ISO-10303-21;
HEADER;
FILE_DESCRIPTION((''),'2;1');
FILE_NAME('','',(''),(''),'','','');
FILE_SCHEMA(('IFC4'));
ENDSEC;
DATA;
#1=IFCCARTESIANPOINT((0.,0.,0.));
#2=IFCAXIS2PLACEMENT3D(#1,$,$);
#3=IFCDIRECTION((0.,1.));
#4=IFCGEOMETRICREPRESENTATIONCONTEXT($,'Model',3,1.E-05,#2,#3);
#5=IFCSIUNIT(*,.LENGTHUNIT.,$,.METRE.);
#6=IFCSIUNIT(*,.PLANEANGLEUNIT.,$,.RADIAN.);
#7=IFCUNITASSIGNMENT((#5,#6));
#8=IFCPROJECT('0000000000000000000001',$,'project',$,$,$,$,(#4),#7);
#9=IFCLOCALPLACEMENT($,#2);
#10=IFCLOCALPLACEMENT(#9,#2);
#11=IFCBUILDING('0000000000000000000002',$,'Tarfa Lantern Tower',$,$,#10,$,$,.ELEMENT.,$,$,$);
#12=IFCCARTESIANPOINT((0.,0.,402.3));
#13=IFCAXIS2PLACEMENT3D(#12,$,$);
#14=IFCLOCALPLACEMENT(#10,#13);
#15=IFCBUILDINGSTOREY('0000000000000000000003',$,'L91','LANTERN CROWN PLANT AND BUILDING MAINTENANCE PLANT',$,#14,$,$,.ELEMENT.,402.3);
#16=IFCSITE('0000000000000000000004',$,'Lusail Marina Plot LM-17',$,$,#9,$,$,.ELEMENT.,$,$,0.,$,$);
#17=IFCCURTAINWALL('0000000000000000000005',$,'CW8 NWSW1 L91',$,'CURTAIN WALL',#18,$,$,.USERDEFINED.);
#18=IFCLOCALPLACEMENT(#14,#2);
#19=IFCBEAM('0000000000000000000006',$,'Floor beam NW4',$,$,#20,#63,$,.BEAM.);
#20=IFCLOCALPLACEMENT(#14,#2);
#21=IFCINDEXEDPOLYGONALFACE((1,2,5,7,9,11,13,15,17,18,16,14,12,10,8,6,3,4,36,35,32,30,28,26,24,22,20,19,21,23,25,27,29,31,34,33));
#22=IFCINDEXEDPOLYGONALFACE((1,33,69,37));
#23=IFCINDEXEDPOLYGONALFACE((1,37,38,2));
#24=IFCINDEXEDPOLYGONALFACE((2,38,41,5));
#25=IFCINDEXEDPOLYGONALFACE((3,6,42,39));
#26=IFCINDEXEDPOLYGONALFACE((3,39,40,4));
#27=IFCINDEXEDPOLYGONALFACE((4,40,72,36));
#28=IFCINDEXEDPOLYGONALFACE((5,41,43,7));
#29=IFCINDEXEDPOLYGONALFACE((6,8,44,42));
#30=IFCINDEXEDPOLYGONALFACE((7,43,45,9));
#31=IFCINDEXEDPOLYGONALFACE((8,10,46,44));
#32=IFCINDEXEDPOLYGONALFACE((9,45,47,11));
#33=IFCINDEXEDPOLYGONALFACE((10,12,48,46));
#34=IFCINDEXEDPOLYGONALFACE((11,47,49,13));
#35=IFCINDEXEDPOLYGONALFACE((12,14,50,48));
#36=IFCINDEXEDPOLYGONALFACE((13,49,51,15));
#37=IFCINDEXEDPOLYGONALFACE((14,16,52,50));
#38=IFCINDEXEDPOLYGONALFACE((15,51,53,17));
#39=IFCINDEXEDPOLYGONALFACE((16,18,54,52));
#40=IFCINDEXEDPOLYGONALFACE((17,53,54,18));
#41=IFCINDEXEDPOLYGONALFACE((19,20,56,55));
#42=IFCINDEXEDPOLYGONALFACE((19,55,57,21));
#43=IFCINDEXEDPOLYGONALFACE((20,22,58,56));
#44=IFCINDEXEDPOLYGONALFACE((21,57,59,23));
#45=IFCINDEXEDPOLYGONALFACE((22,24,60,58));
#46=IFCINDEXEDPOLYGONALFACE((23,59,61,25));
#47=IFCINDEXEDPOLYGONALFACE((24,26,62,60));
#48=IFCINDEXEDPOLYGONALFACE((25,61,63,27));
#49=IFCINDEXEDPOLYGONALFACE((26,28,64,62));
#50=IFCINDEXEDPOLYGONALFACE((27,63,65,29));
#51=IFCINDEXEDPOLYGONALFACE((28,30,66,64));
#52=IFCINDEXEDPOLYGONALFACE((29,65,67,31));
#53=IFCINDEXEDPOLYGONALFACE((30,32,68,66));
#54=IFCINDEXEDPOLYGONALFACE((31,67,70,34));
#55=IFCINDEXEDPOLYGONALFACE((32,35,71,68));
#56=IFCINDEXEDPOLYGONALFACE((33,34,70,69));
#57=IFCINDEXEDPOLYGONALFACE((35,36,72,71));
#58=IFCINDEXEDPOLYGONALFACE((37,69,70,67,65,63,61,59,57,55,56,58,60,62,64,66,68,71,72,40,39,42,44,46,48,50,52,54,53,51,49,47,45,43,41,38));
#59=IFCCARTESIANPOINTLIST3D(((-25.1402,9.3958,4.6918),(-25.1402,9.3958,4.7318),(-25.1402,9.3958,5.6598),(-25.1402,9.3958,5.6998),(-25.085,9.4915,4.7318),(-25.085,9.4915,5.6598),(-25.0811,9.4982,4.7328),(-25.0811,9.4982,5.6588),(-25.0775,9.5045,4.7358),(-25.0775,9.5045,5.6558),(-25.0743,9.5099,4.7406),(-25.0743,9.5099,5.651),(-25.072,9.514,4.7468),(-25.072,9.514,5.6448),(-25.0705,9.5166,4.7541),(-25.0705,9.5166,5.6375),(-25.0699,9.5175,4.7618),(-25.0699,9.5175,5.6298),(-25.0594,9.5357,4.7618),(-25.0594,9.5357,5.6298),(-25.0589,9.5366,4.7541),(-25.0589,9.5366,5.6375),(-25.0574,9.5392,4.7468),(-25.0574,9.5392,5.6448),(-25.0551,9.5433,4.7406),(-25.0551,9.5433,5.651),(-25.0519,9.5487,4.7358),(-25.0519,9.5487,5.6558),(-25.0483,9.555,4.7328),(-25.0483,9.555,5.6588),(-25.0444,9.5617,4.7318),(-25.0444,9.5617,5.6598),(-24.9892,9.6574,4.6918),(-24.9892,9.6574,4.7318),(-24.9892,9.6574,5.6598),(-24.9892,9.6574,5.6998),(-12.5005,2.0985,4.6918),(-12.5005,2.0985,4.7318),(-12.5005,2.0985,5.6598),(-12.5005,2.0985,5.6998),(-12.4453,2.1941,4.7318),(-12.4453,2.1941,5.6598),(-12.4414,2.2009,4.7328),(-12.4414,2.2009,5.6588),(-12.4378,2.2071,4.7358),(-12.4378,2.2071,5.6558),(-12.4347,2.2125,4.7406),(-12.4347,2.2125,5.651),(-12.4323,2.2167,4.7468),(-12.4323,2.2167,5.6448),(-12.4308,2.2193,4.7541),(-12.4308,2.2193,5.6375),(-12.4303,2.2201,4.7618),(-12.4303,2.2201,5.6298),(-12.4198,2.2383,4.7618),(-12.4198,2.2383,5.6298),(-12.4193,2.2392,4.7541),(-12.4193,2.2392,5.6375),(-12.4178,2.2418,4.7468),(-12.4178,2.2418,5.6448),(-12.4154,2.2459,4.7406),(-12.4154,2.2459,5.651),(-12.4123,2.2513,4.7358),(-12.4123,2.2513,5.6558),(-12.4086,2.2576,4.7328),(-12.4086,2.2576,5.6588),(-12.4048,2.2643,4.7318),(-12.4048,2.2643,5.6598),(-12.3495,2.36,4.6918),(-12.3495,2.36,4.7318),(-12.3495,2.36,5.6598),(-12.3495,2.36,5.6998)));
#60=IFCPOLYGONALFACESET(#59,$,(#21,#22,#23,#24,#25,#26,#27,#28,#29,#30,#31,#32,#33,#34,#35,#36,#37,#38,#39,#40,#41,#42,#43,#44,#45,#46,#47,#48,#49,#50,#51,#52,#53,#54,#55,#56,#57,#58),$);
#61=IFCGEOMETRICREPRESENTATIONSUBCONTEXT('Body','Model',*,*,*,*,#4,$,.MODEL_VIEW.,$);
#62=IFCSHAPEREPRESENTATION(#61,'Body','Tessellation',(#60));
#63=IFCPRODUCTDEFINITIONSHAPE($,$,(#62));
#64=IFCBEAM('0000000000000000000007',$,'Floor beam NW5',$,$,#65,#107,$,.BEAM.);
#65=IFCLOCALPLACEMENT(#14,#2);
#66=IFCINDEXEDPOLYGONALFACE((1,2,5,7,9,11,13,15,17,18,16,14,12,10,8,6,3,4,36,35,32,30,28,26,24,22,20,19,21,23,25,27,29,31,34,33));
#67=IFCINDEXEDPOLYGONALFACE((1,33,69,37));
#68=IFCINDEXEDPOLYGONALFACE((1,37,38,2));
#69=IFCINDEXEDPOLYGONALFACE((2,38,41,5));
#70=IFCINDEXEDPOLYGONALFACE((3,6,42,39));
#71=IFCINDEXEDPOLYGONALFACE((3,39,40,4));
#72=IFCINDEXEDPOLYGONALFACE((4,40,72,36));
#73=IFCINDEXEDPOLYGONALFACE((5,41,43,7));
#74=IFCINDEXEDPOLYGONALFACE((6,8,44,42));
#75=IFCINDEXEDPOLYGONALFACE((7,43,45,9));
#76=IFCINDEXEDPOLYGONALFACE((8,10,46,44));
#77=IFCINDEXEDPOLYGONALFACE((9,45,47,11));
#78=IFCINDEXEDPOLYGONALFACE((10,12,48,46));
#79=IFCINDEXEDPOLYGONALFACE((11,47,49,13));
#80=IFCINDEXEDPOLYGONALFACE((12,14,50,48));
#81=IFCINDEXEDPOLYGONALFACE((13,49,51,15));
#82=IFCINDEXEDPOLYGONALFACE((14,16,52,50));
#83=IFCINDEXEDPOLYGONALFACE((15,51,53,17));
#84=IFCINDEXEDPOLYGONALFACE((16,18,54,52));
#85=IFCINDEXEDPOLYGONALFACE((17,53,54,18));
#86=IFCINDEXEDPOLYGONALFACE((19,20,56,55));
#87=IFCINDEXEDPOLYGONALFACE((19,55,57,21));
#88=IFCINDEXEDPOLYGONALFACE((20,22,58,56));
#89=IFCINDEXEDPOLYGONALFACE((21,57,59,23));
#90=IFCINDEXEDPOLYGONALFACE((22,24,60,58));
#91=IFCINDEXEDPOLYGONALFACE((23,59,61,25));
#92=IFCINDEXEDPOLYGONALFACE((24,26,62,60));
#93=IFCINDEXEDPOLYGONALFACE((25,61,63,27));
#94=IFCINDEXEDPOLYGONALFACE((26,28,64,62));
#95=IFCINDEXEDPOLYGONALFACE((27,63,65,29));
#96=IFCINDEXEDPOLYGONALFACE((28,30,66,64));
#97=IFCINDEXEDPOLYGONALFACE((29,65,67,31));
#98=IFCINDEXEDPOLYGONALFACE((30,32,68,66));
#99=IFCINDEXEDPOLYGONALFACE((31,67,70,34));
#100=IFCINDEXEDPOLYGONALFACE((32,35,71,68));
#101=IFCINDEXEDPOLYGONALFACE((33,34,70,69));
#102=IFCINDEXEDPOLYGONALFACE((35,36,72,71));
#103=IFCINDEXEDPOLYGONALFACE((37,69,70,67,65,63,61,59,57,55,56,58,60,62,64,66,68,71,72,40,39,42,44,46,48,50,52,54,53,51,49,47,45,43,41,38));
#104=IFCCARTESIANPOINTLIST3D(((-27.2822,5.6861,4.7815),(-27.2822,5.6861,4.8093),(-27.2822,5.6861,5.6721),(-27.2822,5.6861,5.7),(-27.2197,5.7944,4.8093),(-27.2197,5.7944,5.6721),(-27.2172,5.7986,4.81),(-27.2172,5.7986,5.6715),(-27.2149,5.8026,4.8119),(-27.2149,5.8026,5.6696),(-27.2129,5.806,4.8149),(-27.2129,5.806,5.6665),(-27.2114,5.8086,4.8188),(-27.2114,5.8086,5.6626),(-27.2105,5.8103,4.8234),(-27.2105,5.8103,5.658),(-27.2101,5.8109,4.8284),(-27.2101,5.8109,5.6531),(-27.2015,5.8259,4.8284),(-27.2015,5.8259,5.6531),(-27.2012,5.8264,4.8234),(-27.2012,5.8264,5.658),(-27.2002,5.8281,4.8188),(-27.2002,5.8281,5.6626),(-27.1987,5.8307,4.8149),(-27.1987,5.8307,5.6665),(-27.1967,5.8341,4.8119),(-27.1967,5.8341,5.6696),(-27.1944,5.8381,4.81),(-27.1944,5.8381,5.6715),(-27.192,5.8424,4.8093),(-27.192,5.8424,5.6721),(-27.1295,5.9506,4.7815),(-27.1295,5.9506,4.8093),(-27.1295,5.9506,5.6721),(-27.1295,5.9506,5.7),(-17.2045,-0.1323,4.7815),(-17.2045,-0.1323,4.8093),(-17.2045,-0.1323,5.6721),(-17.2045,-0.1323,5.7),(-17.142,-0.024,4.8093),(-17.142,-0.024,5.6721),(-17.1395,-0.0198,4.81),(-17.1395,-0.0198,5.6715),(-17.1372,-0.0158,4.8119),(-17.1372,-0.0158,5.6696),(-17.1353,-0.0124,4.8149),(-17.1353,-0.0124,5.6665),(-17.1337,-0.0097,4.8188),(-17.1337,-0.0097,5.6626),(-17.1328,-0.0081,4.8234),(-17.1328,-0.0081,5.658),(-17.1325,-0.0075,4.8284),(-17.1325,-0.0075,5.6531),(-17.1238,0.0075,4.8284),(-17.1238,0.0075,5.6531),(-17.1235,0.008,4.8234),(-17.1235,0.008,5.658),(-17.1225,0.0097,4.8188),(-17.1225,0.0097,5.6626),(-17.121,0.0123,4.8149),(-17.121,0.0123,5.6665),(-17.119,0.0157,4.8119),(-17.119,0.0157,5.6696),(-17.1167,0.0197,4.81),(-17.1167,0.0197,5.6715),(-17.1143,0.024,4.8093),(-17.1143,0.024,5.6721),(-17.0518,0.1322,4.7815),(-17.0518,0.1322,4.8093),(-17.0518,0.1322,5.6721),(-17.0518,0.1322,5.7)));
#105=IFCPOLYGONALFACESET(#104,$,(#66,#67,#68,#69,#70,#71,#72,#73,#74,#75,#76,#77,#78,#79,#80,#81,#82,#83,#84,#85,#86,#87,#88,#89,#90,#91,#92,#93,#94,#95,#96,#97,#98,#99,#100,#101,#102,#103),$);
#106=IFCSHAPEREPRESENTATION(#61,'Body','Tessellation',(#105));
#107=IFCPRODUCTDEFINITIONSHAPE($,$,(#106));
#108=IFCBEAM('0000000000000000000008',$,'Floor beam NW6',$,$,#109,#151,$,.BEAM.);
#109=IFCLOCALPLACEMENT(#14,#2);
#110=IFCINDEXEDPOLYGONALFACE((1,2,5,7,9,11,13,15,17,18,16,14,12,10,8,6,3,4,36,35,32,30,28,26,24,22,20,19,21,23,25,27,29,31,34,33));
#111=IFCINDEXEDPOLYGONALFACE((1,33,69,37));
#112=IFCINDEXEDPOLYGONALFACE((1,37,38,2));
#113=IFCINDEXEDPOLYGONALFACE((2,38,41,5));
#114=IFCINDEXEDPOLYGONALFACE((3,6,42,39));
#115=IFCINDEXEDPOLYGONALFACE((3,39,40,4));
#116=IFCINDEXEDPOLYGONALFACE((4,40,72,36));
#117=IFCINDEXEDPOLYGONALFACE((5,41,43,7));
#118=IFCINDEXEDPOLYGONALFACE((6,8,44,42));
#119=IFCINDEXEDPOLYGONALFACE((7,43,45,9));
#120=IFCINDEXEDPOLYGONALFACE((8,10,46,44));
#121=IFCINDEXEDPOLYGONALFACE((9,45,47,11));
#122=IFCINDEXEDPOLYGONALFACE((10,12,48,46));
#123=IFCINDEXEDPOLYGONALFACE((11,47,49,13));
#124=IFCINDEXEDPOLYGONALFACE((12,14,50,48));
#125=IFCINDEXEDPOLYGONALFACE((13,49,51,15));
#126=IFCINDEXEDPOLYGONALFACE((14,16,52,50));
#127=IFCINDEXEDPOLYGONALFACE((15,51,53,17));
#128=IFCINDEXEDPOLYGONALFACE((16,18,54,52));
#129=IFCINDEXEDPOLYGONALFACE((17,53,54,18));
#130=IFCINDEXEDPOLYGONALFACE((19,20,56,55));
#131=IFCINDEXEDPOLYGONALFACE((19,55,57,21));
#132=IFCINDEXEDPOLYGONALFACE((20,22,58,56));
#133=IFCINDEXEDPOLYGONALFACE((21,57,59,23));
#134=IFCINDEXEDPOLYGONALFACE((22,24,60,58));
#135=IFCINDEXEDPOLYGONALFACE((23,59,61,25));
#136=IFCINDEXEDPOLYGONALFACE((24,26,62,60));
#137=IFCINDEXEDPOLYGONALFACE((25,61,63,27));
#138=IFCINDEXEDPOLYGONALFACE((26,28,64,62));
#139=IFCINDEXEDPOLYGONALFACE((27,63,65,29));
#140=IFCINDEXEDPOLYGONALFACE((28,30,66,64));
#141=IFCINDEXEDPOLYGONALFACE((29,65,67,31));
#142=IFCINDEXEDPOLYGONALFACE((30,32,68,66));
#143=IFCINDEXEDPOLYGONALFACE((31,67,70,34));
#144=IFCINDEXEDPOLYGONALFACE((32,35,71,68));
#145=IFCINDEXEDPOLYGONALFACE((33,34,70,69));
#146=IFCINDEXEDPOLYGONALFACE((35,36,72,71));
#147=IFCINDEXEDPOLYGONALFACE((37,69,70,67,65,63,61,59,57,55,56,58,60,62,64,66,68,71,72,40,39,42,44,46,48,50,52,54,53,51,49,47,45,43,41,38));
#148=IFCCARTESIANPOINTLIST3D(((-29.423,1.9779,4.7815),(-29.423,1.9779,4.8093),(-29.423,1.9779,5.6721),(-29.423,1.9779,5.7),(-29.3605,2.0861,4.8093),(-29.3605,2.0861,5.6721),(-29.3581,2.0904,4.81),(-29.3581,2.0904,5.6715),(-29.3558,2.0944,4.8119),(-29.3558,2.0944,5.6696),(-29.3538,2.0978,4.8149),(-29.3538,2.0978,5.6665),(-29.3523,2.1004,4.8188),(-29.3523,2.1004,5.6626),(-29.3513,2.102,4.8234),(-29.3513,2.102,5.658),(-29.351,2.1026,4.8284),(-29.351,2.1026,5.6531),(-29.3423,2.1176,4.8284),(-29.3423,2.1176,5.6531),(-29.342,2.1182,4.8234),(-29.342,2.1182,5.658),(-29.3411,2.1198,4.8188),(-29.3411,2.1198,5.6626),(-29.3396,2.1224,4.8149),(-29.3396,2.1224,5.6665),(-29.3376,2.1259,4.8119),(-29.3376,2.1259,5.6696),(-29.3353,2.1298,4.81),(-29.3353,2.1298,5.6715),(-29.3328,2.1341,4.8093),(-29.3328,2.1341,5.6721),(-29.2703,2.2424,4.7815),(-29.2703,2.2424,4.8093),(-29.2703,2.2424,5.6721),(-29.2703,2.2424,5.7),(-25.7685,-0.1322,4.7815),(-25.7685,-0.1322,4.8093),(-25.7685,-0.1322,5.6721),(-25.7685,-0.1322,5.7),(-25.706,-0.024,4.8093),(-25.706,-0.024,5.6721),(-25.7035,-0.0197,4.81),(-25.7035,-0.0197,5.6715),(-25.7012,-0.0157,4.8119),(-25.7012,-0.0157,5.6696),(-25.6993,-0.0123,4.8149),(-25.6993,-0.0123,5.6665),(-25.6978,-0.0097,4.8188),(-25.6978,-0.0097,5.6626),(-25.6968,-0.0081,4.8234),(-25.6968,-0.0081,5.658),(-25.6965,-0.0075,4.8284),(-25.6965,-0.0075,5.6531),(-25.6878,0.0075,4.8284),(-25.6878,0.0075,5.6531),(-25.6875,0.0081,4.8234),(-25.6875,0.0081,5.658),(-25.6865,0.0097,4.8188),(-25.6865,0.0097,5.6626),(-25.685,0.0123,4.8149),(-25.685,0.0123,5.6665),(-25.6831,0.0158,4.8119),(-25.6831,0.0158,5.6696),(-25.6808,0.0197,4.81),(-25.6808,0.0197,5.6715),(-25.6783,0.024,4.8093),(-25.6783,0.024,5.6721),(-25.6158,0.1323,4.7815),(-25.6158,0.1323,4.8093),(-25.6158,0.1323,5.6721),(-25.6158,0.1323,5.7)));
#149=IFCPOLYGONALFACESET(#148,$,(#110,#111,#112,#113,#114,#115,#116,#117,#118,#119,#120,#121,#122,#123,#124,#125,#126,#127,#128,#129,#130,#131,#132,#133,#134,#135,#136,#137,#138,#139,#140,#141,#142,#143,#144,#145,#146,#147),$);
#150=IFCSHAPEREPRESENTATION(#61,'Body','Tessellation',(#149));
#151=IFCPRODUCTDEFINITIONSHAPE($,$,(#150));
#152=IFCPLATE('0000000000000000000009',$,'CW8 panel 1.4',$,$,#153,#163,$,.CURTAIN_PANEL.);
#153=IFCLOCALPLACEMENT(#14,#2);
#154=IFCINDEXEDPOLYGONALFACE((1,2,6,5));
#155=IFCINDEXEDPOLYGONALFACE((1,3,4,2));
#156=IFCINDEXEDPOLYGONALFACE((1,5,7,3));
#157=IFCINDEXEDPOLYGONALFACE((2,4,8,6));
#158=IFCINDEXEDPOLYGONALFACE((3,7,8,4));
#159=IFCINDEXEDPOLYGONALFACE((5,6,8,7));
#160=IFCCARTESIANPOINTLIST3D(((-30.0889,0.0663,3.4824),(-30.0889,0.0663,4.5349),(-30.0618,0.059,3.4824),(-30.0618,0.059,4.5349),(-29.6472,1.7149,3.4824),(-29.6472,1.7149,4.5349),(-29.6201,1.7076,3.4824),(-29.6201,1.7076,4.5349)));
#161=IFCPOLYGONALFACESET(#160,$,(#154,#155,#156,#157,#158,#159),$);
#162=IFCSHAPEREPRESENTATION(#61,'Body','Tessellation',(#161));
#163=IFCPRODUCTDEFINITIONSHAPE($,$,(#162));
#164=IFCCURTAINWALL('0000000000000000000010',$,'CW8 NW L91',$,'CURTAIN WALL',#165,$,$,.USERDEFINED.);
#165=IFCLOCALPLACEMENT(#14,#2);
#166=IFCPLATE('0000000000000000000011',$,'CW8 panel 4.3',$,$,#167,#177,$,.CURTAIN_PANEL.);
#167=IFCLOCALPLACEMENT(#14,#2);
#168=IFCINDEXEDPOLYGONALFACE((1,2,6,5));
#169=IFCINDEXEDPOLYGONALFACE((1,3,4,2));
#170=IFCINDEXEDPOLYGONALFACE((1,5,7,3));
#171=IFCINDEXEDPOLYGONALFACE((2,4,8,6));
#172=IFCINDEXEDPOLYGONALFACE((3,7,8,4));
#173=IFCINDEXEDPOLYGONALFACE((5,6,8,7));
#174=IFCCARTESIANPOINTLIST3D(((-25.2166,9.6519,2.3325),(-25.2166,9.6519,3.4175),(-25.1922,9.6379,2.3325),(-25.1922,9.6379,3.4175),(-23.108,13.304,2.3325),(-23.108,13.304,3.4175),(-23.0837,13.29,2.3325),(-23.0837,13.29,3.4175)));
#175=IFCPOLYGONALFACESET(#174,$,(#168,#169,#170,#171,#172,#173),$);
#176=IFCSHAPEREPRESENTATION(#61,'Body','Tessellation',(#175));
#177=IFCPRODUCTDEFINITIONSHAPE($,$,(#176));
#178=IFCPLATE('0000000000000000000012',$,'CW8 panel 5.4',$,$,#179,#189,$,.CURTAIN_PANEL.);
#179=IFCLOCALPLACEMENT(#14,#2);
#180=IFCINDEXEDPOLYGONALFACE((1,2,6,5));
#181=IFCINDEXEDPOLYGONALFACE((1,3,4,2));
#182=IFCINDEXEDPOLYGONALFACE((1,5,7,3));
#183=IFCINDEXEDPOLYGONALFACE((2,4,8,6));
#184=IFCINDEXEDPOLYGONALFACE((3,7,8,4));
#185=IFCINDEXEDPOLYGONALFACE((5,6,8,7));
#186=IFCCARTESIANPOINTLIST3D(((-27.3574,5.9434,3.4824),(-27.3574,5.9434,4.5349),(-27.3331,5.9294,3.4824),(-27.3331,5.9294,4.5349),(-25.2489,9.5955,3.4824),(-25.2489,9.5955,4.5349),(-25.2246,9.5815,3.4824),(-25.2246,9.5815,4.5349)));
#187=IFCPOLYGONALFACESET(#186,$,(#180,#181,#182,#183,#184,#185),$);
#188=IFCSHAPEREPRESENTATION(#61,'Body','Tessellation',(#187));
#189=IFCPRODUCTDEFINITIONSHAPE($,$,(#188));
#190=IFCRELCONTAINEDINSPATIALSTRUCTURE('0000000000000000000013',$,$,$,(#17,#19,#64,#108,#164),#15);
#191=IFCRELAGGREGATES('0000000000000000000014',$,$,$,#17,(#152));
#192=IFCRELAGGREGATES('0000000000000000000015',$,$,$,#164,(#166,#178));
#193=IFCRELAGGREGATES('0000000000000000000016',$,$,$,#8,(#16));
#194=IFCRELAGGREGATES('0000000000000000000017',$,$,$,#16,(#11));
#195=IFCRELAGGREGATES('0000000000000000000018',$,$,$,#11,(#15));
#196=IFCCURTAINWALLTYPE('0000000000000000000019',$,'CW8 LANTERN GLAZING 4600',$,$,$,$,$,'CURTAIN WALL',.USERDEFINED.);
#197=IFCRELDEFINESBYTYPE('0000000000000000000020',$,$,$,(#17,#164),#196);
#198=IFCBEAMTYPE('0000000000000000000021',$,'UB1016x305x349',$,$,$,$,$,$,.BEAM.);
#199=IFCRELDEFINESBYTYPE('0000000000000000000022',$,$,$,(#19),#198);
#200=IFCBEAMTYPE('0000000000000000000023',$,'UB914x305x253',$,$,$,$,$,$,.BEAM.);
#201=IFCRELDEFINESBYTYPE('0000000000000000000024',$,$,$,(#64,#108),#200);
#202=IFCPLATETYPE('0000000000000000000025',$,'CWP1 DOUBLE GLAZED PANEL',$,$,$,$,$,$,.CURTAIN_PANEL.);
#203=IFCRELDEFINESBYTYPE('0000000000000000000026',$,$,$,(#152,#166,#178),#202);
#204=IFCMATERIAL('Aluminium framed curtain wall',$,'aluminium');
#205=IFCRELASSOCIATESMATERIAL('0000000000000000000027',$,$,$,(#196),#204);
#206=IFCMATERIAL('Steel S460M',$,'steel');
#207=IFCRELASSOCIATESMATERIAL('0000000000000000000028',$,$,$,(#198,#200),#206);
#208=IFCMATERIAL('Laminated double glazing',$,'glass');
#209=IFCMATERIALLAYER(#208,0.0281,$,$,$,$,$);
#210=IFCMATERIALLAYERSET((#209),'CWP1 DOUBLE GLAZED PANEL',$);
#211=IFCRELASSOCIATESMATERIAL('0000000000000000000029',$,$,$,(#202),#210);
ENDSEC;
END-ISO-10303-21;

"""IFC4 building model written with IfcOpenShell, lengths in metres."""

from ifc_helpers import new_model, si_unit, direction, frame, origin, origin_2d, place, context, subcontext, project, spatial, rectangle, i_section, extrude, material, layer, layer_set, material_profile, profile_set, type_object, element, aggregate, save


model = new_model("IFC4")

# Units and contexts
model_context = context("Model", 3, precision=1e-05, world=origin(), true_north=direction((0.0, 1.0)))
body_context = subcontext(model_context, "Body", "Model", "MODEL_VIEW")
ifc_project = project(units=[si_unit("LENGTHUNIT", "METRE"), si_unit("PLANEANGLEUNIT", "RADIAN")], contexts=[model_context])

# Site, building, storey
site_placement = place(None, origin())
site = spatial("IfcSite", under=ifc_project, at=site_placement, Name="Lusail Marina Plot LM-17", CompositionType="ELEMENT", RefElevation=0.0)
building_placement = place(site_placement, origin())
building = spatial("IfcBuilding", under=site, at=building_placement, Name="Tarfa Lantern Tower", CompositionType="ELEMENT")
storey_placement = place(building_placement, frame((0.0, 0.0, 402.3)))
storey = spatial("IfcBuildingStorey", under=building, at=storey_placement, Name="L91", Description="LANTERN CROWN PLANT AND BUILDING MAINTENANCE PLANT", CompositionType="ELEMENT", Elevation=402.3)

# Shared definitions
ifc_material_1 = material(Name="Aluminium framed curtain wall", Category="aluminium")

# Curtain wall
curtain_wall_type_1 = type_object("IfcCurtainWallType", Name="CW8 LANTERN GLAZING 4600", ElementType="CURTAIN WALL", PredefinedType="USERDEFINED", material=ifc_material_1)
curtain_wall_1_placement = place(storey_placement, origin())
curtain_wall_1 = element("IfcCurtainWall", 1, at=curtain_wall_1_placement, inside=storey, type_object=curtain_wall_type_1, Name="CW8 NWSW1 L91", ObjectType="CURTAIN WALL", PredefinedType="USERDEFINED")

# Beams
ifc_material_2 = material(Name="Steel S460M", Category="steel")
ifc_material_profile_1 = material_profile(ifc_material_2, i_section(OverallWidth=0.302, OverallDepth=1.0081, WebThickness=0.021, FlangeThickness=0.04, FilletRadius=0.03, at=origin_2d()), Name="UB1016x305x349")
ifc_profile_set_1 = profile_set([ifc_material_profile_1], Name="Steel S460M")
beam_type_1 = type_object("IfcBeamType", Name="UB1016x305x349", PredefinedType="BEAM", material=ifc_profile_set_1)
beam_1_placement = place(storey_placement, frame((-25.0647, 9.5266, 5.1958), z_axis=(0.86603, -0.499993, 0.0), x_axis=(0.499993, 0.86603, 0.0)))
element("IfcBeam", 2, at=beam_1_placement, inside=storey, type_object=beam_type_1, Name="Floor beam NW4", PredefinedType="BEAM", context=body_context, shape_type="SweptSolid", body=[
    extrude(i_section(OverallWidth=0.302, OverallDepth=1.0081, WebThickness=0.021, FlangeThickness=0.04, FilletRadius=0.03, at=origin_2d()), origin(), (0.0, 0.0, 1.0), 14.595),
])
ifc_material_profile_2 = material_profile(ifc_material_2, i_section(OverallWidth=0.3054, OverallDepth=0.9185, WebThickness=0.0173, FlangeThickness=0.0278, FilletRadius=0.019, at=origin_2d()), Name="UB914x305x253")
ifc_profile_set_2 = profile_set([ifc_material_profile_2], Name="Steel S460M")
beam_type_2 = type_object("IfcBeamType", Name="UB914x305x253", PredefinedType="BEAM", material=ifc_profile_set_2)
beam_2_placement = place(storey_placement, frame((-27.2058, 5.8184, 5.2407), z_axis=(0.866024, -0.500002, 0.0), x_axis=(0.500002, 0.866024, 0.0)))
element("IfcBeam", 3, at=beam_2_placement, inside=storey, type_object=beam_type_2, Name="Floor beam NW5", PredefinedType="BEAM", context=body_context, shape_type="SweptSolid", body=[
    extrude(i_section(OverallWidth=0.3054, OverallDepth=0.9185, WebThickness=0.0173, FlangeThickness=0.0278, FilletRadius=0.019, at=origin_2d()), origin(), (0.0, 0.0, 1.0), 11.6367),
])
beam_3_placement = place(storey_placement, frame((-29.3467, 2.1101, 5.2407), z_axis=(0.866009, -0.500028, 0.0), x_axis=(0.500028, 0.866009, 0.0)))
element("IfcBeam", 4, at=beam_3_placement, inside=storey, type_object=beam_type_2, Name="Floor beam NW6", PredefinedType="BEAM", context=body_context, shape_type="SweptSolid", body=[
    extrude(i_section(OverallWidth=0.3054, OverallDepth=0.9185, WebThickness=0.0173, FlangeThickness=0.0278, FilletRadius=0.019, at=origin_2d()), origin(), (0.0, 0.0, 1.0), 4.22),
])

# Plate
ifc_material_3 = material(Name="Laminated double glazing", Category="glass")
ifc_layer = layer(ifc_material_3, 0.0281)
ifc_layer_set = layer_set([ifc_layer], Name="CWP1 DOUBLE GLAZED PANEL")
plate_type = type_object("IfcPlateType", Name="CWP1 DOUBLE GLAZED PANEL", PredefinedType="CURTAIN_PANEL", material=ifc_layer_set)
plate_1_placement = place(storey_placement, frame((-29.8545, 0.887, 3.4824), z_axis=(0.0, 0.0, 1.0), x_axis=(-0.258819, -0.965926, 0.0)))
plate_1 = element("IfcPlate", 5, at=plate_1_placement, type_object=plate_type, Name="CW8 panel 1.4", PredefinedType="CURTAIN_PANEL", context=body_context, shape_type="SweptSolid", body=[
    extrude(rectangle(XDim=1.7068, YDim=0.0281, at=origin_2d()), origin(), (0.0, 0.0, 1.0), 1.0525),
])
aggregate(curtain_wall_1, [plate_1])

# Curtain wall, plates
curtain_wall_2_placement = place(storey_placement, origin())
curtain_wall_2 = element("IfcCurtainWall", 6, at=curtain_wall_2_placement, inside=storey, type_object=curtain_wall_type_1, Name="CW8 NW L91", ObjectType="CURTAIN WALL", PredefinedType="USERDEFINED")
plate_2_placement = place(storey_placement, frame((-24.1501, 11.4709, 2.3325), z_axis=(0.0, 0.0, 1.0), x_axis=(-0.5, -0.866025, 0.0)))
plate_2 = element("IfcPlate", 7, at=plate_2_placement, type_object=plate_type, Name="CW8 panel 4.3", PredefinedType="CURTAIN_PANEL", context=body_context, shape_type="SweptSolid", body=[
    extrude(rectangle(XDim=4.217, YDim=0.0281, at=origin_2d()), origin(), (0.0, 0.0, 1.0), 1.085),
])
plate_3_placement = place(storey_placement, frame((-26.291, 7.7625, 3.4824), z_axis=(0.0, 0.0, 1.0), x_axis=(-0.5, -0.866025, 0.0)))
plate_3 = element("IfcPlate", 8, at=plate_3_placement, type_object=plate_type, Name="CW8 panel 5.4", PredefinedType="CURTAIN_PANEL", context=body_context, shape_type="SweptSolid", body=[
    extrude(rectangle(XDim=4.217, YDim=0.0281, at=origin_2d()), origin(), (0.0, 0.0, 1.0), 1.0525),
])
aggregate(curtain_wall_2, [plate_2, plate_3])

save(model, "model.ifc")
